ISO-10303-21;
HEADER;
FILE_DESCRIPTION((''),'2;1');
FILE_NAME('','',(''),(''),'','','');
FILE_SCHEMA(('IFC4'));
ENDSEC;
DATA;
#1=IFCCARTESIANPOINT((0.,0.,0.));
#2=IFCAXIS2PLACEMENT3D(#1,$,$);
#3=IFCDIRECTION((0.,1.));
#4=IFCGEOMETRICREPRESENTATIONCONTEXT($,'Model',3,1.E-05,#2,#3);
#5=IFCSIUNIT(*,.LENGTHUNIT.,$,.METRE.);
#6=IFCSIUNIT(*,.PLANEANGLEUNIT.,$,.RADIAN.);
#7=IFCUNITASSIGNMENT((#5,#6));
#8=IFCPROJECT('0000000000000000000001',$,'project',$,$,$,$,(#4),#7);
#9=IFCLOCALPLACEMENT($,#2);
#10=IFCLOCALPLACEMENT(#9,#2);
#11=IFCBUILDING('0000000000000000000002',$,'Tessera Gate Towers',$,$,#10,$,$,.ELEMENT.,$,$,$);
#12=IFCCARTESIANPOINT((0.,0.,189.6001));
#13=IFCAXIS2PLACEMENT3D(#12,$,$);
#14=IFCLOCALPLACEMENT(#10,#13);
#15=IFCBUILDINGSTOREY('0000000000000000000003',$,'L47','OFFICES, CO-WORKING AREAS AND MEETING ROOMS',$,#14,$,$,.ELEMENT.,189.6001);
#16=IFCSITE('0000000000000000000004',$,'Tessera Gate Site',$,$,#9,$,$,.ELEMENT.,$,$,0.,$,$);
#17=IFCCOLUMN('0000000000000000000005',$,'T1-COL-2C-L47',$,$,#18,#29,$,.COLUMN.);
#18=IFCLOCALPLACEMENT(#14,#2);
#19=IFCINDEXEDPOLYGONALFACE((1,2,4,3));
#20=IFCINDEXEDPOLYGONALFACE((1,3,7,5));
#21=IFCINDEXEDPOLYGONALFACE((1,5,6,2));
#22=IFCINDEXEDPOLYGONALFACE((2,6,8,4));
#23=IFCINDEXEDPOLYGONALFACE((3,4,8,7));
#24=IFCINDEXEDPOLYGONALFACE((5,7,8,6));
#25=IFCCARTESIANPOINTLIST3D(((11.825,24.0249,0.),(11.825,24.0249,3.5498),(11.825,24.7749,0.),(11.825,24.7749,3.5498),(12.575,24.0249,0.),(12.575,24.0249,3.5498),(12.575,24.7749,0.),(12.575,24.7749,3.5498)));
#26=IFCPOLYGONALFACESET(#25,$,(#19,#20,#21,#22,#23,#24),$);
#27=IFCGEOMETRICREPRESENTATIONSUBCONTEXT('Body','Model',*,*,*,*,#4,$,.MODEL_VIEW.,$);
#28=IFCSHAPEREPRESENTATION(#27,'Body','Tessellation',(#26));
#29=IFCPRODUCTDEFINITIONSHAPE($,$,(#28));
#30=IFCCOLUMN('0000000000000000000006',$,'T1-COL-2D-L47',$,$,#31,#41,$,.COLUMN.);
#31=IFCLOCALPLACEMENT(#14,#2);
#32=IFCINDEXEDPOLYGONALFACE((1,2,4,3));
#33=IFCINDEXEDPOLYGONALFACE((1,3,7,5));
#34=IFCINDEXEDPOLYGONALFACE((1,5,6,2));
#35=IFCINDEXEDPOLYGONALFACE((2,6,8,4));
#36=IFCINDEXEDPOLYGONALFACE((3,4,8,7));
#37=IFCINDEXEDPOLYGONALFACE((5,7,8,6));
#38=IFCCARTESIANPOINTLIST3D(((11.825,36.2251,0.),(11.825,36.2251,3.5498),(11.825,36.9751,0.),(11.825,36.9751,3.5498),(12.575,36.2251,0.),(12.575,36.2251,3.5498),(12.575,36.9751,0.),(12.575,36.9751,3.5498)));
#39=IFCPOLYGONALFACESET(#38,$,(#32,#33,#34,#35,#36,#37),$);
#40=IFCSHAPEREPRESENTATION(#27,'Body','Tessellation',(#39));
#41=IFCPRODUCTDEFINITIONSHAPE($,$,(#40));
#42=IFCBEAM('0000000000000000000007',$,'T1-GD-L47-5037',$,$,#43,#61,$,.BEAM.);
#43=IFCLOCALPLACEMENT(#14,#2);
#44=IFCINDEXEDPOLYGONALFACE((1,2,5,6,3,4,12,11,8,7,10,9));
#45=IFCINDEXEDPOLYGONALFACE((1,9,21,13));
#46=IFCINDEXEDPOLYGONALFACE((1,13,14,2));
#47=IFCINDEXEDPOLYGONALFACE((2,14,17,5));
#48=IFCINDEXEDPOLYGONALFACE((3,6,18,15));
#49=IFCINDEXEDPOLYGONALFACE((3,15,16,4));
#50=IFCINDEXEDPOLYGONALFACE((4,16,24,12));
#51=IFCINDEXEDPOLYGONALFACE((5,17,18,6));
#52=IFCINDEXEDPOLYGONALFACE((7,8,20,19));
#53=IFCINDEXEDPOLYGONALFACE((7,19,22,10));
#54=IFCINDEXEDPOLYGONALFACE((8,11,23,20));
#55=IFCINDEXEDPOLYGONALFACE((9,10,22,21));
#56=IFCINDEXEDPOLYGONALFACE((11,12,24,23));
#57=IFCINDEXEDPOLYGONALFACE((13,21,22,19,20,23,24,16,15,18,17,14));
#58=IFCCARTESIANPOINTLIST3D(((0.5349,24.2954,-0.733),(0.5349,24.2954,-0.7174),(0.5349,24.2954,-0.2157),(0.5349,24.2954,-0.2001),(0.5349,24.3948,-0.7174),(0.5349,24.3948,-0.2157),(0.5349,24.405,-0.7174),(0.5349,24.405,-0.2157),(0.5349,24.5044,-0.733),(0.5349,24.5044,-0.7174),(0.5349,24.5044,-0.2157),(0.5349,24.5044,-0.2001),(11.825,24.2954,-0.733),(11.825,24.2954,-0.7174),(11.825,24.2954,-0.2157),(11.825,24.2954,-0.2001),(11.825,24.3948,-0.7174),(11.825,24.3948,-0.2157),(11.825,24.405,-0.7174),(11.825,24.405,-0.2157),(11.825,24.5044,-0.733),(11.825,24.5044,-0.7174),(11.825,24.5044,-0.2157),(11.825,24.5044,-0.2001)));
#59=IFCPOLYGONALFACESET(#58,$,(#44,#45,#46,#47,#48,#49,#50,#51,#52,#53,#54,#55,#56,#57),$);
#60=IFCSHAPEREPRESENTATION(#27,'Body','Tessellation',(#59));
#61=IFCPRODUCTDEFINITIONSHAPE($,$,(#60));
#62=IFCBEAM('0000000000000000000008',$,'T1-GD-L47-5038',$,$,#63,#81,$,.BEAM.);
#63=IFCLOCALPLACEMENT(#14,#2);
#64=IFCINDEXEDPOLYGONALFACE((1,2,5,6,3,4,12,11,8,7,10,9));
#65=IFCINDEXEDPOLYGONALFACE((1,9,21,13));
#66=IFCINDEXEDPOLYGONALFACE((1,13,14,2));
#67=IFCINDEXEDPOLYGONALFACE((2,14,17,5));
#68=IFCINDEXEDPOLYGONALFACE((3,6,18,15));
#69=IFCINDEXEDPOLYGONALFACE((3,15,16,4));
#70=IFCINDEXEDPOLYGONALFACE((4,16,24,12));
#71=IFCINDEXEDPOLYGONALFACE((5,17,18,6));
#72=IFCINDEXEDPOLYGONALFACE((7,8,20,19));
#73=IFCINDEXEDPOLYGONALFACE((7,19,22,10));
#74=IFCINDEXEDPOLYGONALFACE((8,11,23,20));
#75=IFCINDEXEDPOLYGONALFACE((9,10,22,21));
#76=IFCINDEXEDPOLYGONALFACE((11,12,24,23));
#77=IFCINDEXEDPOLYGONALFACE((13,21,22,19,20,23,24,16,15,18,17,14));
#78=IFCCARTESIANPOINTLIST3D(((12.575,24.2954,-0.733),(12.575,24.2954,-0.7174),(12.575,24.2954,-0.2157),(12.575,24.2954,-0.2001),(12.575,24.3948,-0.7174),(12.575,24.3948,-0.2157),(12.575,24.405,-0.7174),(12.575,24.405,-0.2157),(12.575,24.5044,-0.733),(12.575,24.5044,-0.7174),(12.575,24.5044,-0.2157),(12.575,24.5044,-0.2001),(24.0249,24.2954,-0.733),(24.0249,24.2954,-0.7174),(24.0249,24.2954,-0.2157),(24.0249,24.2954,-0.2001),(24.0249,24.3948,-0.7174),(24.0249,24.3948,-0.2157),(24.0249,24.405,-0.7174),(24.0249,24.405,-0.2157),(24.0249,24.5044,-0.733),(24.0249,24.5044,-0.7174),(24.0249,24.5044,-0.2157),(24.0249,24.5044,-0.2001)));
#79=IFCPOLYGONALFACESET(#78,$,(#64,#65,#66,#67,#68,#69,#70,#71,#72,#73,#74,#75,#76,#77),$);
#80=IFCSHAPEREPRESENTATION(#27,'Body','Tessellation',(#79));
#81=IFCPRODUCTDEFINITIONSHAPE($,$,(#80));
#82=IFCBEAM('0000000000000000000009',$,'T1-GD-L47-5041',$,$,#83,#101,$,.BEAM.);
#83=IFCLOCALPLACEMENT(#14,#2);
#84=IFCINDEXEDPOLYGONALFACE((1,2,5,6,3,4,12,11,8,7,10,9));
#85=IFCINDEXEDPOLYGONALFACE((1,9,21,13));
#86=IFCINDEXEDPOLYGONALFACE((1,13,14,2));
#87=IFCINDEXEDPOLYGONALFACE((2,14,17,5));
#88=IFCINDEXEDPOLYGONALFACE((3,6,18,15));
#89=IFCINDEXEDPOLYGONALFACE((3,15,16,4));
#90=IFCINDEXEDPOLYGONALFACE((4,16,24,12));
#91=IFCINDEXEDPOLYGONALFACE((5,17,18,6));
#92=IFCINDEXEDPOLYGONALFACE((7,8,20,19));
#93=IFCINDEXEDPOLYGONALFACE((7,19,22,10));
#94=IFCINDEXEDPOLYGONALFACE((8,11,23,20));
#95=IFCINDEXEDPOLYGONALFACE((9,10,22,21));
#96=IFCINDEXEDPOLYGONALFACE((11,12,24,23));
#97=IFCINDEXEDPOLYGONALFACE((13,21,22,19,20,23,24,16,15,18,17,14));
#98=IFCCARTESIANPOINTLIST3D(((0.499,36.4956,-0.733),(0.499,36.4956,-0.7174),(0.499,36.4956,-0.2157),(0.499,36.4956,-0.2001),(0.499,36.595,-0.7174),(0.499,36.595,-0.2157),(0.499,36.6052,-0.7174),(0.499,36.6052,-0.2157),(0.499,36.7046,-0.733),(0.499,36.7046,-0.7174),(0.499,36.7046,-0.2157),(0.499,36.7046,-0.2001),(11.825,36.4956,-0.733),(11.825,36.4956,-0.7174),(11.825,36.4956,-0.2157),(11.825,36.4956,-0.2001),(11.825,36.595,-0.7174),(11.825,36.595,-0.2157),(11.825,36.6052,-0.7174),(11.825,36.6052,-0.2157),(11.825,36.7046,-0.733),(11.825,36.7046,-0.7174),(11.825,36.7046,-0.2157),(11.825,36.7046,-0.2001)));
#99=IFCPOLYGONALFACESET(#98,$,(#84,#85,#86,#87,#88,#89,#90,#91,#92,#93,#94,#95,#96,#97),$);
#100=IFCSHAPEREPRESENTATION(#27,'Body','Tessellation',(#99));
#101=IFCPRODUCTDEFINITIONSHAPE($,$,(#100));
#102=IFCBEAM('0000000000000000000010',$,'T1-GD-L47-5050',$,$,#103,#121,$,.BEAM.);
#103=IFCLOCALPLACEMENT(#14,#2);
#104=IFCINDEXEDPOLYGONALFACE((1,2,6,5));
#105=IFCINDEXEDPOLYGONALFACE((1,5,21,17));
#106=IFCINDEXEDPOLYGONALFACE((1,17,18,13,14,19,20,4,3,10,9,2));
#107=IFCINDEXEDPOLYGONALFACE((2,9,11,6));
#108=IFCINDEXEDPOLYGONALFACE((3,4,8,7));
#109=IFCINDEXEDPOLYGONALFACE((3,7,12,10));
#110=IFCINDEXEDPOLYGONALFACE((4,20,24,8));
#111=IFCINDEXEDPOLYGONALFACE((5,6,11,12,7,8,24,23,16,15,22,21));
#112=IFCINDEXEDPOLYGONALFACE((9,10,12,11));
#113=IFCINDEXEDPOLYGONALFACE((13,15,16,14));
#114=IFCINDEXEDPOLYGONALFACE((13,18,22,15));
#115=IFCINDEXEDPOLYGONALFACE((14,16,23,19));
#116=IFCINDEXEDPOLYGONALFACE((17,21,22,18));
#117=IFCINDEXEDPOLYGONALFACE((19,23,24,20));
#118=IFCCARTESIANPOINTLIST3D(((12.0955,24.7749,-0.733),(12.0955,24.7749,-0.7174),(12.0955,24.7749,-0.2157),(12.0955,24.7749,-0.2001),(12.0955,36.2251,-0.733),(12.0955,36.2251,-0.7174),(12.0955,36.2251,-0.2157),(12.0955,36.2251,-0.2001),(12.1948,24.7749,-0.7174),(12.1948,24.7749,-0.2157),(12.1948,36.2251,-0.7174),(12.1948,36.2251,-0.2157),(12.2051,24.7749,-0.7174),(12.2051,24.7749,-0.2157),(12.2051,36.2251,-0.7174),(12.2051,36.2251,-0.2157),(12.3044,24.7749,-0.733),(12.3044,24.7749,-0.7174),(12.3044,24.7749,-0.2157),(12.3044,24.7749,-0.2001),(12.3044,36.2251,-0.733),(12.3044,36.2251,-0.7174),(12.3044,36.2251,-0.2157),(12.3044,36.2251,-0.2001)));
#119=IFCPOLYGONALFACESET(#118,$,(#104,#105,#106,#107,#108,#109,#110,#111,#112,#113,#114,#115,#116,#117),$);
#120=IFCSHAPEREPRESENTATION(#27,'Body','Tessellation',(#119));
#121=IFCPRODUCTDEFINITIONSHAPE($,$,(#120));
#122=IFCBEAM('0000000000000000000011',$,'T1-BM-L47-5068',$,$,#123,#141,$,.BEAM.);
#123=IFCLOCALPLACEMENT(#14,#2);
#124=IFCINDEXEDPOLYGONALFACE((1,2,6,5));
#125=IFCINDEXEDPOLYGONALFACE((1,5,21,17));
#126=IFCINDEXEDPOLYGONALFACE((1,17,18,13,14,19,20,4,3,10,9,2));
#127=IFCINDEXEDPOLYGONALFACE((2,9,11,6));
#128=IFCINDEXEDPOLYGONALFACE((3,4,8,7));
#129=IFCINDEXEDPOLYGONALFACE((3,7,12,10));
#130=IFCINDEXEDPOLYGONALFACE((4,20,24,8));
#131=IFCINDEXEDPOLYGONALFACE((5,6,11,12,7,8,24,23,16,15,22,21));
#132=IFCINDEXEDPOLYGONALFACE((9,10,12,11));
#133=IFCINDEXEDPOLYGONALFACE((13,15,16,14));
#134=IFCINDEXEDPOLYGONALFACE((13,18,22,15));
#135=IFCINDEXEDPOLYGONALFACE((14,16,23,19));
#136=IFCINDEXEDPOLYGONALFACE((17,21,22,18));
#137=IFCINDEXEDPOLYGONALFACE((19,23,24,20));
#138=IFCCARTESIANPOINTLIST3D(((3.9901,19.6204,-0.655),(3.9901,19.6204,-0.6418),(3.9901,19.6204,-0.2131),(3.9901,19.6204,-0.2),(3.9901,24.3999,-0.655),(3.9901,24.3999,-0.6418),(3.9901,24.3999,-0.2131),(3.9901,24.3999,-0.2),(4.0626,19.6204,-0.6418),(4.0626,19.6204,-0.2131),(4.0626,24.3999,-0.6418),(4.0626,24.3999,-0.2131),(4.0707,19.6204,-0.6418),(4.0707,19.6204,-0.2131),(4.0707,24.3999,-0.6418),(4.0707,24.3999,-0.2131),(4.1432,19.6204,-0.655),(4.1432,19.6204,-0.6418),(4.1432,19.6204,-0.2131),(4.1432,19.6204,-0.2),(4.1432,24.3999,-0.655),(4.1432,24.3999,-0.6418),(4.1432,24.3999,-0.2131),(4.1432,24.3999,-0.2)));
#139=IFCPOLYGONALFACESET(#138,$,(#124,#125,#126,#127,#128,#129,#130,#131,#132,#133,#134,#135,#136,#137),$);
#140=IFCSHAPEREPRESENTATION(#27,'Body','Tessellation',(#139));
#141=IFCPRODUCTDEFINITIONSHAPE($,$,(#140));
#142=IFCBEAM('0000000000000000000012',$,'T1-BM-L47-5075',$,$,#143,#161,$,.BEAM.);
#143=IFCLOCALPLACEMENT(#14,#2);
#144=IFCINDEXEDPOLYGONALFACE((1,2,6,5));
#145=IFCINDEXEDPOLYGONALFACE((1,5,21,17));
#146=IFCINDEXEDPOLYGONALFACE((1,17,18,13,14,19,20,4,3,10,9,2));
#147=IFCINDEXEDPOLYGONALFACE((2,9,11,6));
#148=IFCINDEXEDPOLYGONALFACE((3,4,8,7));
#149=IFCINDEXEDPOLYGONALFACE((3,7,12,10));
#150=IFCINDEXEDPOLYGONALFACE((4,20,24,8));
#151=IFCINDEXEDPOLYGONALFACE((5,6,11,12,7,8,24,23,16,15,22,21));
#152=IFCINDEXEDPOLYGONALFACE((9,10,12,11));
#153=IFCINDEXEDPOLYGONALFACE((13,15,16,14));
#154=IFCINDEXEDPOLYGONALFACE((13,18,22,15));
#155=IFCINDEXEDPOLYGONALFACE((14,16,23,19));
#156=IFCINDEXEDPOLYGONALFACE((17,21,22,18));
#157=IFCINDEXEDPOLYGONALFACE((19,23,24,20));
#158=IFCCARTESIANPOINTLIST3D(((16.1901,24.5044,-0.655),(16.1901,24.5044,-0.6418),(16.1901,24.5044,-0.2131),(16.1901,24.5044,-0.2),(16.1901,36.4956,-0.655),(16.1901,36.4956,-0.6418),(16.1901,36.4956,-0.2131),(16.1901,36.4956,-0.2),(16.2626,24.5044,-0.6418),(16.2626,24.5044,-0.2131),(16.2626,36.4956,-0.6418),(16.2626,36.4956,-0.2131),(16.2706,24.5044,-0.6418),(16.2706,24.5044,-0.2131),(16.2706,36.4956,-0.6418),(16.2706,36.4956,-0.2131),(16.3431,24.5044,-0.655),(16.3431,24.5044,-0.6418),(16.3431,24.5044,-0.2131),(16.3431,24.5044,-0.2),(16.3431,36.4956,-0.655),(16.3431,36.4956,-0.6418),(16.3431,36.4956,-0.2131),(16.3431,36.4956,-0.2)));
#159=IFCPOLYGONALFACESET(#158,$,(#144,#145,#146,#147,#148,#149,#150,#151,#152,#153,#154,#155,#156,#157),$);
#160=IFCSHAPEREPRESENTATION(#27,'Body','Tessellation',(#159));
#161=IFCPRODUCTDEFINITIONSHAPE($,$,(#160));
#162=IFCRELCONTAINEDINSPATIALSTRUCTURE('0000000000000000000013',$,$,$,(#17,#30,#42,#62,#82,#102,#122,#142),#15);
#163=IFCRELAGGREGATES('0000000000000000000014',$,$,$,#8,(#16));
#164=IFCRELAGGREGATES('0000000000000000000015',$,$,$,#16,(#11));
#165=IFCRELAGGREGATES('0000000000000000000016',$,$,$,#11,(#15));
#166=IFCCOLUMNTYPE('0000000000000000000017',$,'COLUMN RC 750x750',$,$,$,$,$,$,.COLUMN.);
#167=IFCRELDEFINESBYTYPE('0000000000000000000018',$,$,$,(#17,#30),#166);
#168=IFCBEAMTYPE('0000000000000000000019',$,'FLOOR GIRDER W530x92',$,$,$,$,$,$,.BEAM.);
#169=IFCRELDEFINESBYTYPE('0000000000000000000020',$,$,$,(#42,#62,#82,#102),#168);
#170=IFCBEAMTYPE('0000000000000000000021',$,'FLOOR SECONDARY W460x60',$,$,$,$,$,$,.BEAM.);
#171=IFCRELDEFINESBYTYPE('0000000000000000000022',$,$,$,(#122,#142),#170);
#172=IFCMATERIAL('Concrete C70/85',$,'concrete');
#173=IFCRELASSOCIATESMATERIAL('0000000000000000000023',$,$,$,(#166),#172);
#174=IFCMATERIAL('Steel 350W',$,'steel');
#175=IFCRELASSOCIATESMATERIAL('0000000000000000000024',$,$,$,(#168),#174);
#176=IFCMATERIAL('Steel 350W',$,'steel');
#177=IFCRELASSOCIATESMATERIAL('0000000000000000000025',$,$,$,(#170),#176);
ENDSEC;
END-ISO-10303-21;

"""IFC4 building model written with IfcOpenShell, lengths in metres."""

from ifc_helpers import new_model, si_unit, direction, frame, origin, origin_2d, place, context, subcontext, project, spatial, rectangle, i_section, extrude, material, material_profile, profile_set, type_object, element, save


model = new_model("IFC4")

# Units and contexts
model_context = context("Model", 3, precision=1e-05, world=origin(), true_north=direction((0.0, 1.0)))
body_context = subcontext(model_context, "Body", "Model", "MODEL_VIEW")
ifc_project = project(units=[si_unit("LENGTHUNIT", "METRE"), si_unit("PLANEANGLEUNIT", "RADIAN")], contexts=[model_context])

# Site, building, storey
site_placement = place(None, origin())
site = spatial("IfcSite", under=ifc_project, at=site_placement, Name="Tessera Gate Site", CompositionType="ELEMENT", RefElevation=0.0)
building_placement = place(site_placement, origin())
building = spatial("IfcBuilding", under=site, at=building_placement, Name="Tessera Gate Towers", CompositionType="ELEMENT")
storey_placement = place(building_placement, frame((0.0, 0.0, 189.6001)))
storey = spatial("IfcBuildingStorey", under=building, at=storey_placement, Name="L47", Description="OFFICES, CO-WORKING AREAS AND MEETING ROOMS", CompositionType="ELEMENT", Elevation=189.6001)

# Columns
ifc_material_1 = material(Name="Concrete C70/85", Category="concrete")
ifc_material_profile_1 = material_profile(ifc_material_1, rectangle(XDim=0.75, YDim=0.75, at=origin_2d()), Name="RC 750x750")
ifc_profile_set_1 = profile_set([ifc_material_profile_1], Name="Concrete C70/85")
column_type = type_object("IfcColumnType", Name="COLUMN RC 750x750", PredefinedType="COLUMN", material=ifc_profile_set_1)
for number, where, z_axis, x_axis, name in (
    (1, (12.2, 24.3999, 0.0), (0.0, 0.0, 1.0), (1.0, 0.0, 0.0), "T1-COL-2C-L47"),
    (2, (12.2, 36.6001, 0.0), (0.0, 0.0, 1.0), (1.0, 0.0, 0.0), "T1-COL-2D-L47"),
):
    element("IfcColumn", number, at=place(storey_placement, frame(where, z_axis=z_axis, x_axis=x_axis)), inside=storey, type_object=column_type, Name=name, PredefinedType="COLUMN", context=body_context, shape_type="SweptSolid", body=[
        extrude(rectangle(XDim=0.75, YDim=0.75, at=origin_2d()), origin(), (0.0, 0.0, 1.0), 3.5498),
    ])

# Beams
ifc_material_2 = material(Name="Steel 350W", Category="steel")
ifc_material_profile_2 = material_profile(ifc_material_2, i_section(OverallWidth=0.209, OverallDepth=0.533, WebThickness=0.0103, FlangeThickness=0.0156, at=origin_2d()), Name="W530x92")
ifc_profile_set_2 = profile_set([ifc_material_profile_2], Name="Steel 350W")
beam_type_1 = type_object("IfcBeamType", Name="FLOOR GIRDER W530x92", PredefinedType="BEAM", material=ifc_profile_set_2)
beam_1_placement = place(storey_placement, frame((0.5349, 24.3999, -0.4666), z_axis=(1.0, 0.0, 0.0), x_axis=(0.0, 1.0, 0.0)))
element("IfcBeam", 3, at=beam_1_placement, inside=storey, type_object=beam_type_1, Name="T1-GD-L47-5037", PredefinedType="BEAM", context=body_context, shape_type="SweptSolid", body=[
    extrude(i_section(OverallWidth=0.209, OverallDepth=0.533, WebThickness=0.0103, FlangeThickness=0.0156, at=origin_2d()), origin(), (0.0, 0.0, 1.0), 11.29),
])
beam_2_placement = place(storey_placement, frame((12.575, 24.3999, -0.4666), z_axis=(1.0, 0.0, 0.0), x_axis=(0.0, 1.0, 0.0)))
element("IfcBeam", 4, at=beam_2_placement, inside=storey, type_object=beam_type_1, Name="T1-GD-L47-5038", PredefinedType="BEAM", context=body_context, shape_type="SweptSolid", body=[
    extrude(i_section(OverallWidth=0.209, OverallDepth=0.533, WebThickness=0.0103, FlangeThickness=0.0156, at=origin_2d()), origin(), (0.0, 0.0, 1.0), 11.45),
])
beam_3_placement = place(storey_placement, frame((0.499, 36.6001, -0.4666), z_axis=(1.0, 0.0, 0.0), x_axis=(0.0, 1.0, 0.0)))
element("IfcBeam", 5, at=beam_3_placement, inside=storey, type_object=beam_type_1, Name="T1-GD-L47-5041", PredefinedType="BEAM", context=body_context, shape_type="SweptSolid", body=[
    extrude(i_section(OverallWidth=0.209, OverallDepth=0.533, WebThickness=0.0103, FlangeThickness=0.0156, at=origin_2d()), origin(), (0.0, 0.0, 1.0), 11.3259),
])
beam_4_placement = place(storey_placement, frame((12.2, 24.7749, -0.4666), z_axis=(0.0, 1.0, 0.0), x_axis=(-1.0, 0.0, 0.0)))
element("IfcBeam", 6, at=beam_4_placement, inside=storey, type_object=beam_type_1, Name="T1-GD-L47-5050", PredefinedType="BEAM", context=body_context, shape_type="SweptSolid", body=[
    extrude(i_section(OverallWidth=0.209, OverallDepth=0.533, WebThickness=0.0103, FlangeThickness=0.0156, at=origin_2d()), origin(), (0.0, 0.0, 1.0), 11.4502),
])
ifc_material_3 = material(Name="Steel 350W", Category="steel")
ifc_material_profile_3 = material_profile(ifc_material_3, i_section(OverallWidth=0.1531, OverallDepth=0.4551, WebThickness=0.0081, FlangeThickness=0.0132, at=origin_2d()), Name="W460x60")
ifc_profile_set_3 = profile_set([ifc_material_profile_3], Name="Steel 350W")
beam_type_2 = type_object("IfcBeamType", Name="FLOOR SECONDARY W460x60", PredefinedType="BEAM", material=ifc_profile_set_3)
beam_5_placement = place(storey_placement, frame((4.0667, 19.6204, -0.4275), z_axis=(0.0, 1.0, 0.0), x_axis=(-1.0, 0.0, 0.0)))
element("IfcBeam", 7, at=beam_5_placement, inside=storey, type_object=beam_type_2, Name="T1-BM-L47-5068", PredefinedType="BEAM", context=body_context, shape_type="SweptSolid", body=[
    extrude(i_section(OverallWidth=0.1531, OverallDepth=0.4551, WebThickness=0.0081, FlangeThickness=0.0132, at=origin_2d()), origin(), (0.0, 0.0, 1.0), 4.7795),
])
beam_6_placement = place(storey_placement, frame((16.2666, 24.5044, -0.4275), z_axis=(0.0, 1.0, 0.0), x_axis=(-1.0, 0.0, 0.0)))
element("IfcBeam", 8, at=beam_6_placement, inside=storey, type_object=beam_type_2, Name="T1-BM-L47-5075", PredefinedType="BEAM", context=body_context, shape_type="SweptSolid", body=[
    extrude(i_section(OverallWidth=0.1531, OverallDepth=0.4551, WebThickness=0.0081, FlangeThickness=0.0132, at=origin_2d()), origin(), (0.0, 0.0, 1.0), 11.9912),
])

save(model, "model.ifc")
